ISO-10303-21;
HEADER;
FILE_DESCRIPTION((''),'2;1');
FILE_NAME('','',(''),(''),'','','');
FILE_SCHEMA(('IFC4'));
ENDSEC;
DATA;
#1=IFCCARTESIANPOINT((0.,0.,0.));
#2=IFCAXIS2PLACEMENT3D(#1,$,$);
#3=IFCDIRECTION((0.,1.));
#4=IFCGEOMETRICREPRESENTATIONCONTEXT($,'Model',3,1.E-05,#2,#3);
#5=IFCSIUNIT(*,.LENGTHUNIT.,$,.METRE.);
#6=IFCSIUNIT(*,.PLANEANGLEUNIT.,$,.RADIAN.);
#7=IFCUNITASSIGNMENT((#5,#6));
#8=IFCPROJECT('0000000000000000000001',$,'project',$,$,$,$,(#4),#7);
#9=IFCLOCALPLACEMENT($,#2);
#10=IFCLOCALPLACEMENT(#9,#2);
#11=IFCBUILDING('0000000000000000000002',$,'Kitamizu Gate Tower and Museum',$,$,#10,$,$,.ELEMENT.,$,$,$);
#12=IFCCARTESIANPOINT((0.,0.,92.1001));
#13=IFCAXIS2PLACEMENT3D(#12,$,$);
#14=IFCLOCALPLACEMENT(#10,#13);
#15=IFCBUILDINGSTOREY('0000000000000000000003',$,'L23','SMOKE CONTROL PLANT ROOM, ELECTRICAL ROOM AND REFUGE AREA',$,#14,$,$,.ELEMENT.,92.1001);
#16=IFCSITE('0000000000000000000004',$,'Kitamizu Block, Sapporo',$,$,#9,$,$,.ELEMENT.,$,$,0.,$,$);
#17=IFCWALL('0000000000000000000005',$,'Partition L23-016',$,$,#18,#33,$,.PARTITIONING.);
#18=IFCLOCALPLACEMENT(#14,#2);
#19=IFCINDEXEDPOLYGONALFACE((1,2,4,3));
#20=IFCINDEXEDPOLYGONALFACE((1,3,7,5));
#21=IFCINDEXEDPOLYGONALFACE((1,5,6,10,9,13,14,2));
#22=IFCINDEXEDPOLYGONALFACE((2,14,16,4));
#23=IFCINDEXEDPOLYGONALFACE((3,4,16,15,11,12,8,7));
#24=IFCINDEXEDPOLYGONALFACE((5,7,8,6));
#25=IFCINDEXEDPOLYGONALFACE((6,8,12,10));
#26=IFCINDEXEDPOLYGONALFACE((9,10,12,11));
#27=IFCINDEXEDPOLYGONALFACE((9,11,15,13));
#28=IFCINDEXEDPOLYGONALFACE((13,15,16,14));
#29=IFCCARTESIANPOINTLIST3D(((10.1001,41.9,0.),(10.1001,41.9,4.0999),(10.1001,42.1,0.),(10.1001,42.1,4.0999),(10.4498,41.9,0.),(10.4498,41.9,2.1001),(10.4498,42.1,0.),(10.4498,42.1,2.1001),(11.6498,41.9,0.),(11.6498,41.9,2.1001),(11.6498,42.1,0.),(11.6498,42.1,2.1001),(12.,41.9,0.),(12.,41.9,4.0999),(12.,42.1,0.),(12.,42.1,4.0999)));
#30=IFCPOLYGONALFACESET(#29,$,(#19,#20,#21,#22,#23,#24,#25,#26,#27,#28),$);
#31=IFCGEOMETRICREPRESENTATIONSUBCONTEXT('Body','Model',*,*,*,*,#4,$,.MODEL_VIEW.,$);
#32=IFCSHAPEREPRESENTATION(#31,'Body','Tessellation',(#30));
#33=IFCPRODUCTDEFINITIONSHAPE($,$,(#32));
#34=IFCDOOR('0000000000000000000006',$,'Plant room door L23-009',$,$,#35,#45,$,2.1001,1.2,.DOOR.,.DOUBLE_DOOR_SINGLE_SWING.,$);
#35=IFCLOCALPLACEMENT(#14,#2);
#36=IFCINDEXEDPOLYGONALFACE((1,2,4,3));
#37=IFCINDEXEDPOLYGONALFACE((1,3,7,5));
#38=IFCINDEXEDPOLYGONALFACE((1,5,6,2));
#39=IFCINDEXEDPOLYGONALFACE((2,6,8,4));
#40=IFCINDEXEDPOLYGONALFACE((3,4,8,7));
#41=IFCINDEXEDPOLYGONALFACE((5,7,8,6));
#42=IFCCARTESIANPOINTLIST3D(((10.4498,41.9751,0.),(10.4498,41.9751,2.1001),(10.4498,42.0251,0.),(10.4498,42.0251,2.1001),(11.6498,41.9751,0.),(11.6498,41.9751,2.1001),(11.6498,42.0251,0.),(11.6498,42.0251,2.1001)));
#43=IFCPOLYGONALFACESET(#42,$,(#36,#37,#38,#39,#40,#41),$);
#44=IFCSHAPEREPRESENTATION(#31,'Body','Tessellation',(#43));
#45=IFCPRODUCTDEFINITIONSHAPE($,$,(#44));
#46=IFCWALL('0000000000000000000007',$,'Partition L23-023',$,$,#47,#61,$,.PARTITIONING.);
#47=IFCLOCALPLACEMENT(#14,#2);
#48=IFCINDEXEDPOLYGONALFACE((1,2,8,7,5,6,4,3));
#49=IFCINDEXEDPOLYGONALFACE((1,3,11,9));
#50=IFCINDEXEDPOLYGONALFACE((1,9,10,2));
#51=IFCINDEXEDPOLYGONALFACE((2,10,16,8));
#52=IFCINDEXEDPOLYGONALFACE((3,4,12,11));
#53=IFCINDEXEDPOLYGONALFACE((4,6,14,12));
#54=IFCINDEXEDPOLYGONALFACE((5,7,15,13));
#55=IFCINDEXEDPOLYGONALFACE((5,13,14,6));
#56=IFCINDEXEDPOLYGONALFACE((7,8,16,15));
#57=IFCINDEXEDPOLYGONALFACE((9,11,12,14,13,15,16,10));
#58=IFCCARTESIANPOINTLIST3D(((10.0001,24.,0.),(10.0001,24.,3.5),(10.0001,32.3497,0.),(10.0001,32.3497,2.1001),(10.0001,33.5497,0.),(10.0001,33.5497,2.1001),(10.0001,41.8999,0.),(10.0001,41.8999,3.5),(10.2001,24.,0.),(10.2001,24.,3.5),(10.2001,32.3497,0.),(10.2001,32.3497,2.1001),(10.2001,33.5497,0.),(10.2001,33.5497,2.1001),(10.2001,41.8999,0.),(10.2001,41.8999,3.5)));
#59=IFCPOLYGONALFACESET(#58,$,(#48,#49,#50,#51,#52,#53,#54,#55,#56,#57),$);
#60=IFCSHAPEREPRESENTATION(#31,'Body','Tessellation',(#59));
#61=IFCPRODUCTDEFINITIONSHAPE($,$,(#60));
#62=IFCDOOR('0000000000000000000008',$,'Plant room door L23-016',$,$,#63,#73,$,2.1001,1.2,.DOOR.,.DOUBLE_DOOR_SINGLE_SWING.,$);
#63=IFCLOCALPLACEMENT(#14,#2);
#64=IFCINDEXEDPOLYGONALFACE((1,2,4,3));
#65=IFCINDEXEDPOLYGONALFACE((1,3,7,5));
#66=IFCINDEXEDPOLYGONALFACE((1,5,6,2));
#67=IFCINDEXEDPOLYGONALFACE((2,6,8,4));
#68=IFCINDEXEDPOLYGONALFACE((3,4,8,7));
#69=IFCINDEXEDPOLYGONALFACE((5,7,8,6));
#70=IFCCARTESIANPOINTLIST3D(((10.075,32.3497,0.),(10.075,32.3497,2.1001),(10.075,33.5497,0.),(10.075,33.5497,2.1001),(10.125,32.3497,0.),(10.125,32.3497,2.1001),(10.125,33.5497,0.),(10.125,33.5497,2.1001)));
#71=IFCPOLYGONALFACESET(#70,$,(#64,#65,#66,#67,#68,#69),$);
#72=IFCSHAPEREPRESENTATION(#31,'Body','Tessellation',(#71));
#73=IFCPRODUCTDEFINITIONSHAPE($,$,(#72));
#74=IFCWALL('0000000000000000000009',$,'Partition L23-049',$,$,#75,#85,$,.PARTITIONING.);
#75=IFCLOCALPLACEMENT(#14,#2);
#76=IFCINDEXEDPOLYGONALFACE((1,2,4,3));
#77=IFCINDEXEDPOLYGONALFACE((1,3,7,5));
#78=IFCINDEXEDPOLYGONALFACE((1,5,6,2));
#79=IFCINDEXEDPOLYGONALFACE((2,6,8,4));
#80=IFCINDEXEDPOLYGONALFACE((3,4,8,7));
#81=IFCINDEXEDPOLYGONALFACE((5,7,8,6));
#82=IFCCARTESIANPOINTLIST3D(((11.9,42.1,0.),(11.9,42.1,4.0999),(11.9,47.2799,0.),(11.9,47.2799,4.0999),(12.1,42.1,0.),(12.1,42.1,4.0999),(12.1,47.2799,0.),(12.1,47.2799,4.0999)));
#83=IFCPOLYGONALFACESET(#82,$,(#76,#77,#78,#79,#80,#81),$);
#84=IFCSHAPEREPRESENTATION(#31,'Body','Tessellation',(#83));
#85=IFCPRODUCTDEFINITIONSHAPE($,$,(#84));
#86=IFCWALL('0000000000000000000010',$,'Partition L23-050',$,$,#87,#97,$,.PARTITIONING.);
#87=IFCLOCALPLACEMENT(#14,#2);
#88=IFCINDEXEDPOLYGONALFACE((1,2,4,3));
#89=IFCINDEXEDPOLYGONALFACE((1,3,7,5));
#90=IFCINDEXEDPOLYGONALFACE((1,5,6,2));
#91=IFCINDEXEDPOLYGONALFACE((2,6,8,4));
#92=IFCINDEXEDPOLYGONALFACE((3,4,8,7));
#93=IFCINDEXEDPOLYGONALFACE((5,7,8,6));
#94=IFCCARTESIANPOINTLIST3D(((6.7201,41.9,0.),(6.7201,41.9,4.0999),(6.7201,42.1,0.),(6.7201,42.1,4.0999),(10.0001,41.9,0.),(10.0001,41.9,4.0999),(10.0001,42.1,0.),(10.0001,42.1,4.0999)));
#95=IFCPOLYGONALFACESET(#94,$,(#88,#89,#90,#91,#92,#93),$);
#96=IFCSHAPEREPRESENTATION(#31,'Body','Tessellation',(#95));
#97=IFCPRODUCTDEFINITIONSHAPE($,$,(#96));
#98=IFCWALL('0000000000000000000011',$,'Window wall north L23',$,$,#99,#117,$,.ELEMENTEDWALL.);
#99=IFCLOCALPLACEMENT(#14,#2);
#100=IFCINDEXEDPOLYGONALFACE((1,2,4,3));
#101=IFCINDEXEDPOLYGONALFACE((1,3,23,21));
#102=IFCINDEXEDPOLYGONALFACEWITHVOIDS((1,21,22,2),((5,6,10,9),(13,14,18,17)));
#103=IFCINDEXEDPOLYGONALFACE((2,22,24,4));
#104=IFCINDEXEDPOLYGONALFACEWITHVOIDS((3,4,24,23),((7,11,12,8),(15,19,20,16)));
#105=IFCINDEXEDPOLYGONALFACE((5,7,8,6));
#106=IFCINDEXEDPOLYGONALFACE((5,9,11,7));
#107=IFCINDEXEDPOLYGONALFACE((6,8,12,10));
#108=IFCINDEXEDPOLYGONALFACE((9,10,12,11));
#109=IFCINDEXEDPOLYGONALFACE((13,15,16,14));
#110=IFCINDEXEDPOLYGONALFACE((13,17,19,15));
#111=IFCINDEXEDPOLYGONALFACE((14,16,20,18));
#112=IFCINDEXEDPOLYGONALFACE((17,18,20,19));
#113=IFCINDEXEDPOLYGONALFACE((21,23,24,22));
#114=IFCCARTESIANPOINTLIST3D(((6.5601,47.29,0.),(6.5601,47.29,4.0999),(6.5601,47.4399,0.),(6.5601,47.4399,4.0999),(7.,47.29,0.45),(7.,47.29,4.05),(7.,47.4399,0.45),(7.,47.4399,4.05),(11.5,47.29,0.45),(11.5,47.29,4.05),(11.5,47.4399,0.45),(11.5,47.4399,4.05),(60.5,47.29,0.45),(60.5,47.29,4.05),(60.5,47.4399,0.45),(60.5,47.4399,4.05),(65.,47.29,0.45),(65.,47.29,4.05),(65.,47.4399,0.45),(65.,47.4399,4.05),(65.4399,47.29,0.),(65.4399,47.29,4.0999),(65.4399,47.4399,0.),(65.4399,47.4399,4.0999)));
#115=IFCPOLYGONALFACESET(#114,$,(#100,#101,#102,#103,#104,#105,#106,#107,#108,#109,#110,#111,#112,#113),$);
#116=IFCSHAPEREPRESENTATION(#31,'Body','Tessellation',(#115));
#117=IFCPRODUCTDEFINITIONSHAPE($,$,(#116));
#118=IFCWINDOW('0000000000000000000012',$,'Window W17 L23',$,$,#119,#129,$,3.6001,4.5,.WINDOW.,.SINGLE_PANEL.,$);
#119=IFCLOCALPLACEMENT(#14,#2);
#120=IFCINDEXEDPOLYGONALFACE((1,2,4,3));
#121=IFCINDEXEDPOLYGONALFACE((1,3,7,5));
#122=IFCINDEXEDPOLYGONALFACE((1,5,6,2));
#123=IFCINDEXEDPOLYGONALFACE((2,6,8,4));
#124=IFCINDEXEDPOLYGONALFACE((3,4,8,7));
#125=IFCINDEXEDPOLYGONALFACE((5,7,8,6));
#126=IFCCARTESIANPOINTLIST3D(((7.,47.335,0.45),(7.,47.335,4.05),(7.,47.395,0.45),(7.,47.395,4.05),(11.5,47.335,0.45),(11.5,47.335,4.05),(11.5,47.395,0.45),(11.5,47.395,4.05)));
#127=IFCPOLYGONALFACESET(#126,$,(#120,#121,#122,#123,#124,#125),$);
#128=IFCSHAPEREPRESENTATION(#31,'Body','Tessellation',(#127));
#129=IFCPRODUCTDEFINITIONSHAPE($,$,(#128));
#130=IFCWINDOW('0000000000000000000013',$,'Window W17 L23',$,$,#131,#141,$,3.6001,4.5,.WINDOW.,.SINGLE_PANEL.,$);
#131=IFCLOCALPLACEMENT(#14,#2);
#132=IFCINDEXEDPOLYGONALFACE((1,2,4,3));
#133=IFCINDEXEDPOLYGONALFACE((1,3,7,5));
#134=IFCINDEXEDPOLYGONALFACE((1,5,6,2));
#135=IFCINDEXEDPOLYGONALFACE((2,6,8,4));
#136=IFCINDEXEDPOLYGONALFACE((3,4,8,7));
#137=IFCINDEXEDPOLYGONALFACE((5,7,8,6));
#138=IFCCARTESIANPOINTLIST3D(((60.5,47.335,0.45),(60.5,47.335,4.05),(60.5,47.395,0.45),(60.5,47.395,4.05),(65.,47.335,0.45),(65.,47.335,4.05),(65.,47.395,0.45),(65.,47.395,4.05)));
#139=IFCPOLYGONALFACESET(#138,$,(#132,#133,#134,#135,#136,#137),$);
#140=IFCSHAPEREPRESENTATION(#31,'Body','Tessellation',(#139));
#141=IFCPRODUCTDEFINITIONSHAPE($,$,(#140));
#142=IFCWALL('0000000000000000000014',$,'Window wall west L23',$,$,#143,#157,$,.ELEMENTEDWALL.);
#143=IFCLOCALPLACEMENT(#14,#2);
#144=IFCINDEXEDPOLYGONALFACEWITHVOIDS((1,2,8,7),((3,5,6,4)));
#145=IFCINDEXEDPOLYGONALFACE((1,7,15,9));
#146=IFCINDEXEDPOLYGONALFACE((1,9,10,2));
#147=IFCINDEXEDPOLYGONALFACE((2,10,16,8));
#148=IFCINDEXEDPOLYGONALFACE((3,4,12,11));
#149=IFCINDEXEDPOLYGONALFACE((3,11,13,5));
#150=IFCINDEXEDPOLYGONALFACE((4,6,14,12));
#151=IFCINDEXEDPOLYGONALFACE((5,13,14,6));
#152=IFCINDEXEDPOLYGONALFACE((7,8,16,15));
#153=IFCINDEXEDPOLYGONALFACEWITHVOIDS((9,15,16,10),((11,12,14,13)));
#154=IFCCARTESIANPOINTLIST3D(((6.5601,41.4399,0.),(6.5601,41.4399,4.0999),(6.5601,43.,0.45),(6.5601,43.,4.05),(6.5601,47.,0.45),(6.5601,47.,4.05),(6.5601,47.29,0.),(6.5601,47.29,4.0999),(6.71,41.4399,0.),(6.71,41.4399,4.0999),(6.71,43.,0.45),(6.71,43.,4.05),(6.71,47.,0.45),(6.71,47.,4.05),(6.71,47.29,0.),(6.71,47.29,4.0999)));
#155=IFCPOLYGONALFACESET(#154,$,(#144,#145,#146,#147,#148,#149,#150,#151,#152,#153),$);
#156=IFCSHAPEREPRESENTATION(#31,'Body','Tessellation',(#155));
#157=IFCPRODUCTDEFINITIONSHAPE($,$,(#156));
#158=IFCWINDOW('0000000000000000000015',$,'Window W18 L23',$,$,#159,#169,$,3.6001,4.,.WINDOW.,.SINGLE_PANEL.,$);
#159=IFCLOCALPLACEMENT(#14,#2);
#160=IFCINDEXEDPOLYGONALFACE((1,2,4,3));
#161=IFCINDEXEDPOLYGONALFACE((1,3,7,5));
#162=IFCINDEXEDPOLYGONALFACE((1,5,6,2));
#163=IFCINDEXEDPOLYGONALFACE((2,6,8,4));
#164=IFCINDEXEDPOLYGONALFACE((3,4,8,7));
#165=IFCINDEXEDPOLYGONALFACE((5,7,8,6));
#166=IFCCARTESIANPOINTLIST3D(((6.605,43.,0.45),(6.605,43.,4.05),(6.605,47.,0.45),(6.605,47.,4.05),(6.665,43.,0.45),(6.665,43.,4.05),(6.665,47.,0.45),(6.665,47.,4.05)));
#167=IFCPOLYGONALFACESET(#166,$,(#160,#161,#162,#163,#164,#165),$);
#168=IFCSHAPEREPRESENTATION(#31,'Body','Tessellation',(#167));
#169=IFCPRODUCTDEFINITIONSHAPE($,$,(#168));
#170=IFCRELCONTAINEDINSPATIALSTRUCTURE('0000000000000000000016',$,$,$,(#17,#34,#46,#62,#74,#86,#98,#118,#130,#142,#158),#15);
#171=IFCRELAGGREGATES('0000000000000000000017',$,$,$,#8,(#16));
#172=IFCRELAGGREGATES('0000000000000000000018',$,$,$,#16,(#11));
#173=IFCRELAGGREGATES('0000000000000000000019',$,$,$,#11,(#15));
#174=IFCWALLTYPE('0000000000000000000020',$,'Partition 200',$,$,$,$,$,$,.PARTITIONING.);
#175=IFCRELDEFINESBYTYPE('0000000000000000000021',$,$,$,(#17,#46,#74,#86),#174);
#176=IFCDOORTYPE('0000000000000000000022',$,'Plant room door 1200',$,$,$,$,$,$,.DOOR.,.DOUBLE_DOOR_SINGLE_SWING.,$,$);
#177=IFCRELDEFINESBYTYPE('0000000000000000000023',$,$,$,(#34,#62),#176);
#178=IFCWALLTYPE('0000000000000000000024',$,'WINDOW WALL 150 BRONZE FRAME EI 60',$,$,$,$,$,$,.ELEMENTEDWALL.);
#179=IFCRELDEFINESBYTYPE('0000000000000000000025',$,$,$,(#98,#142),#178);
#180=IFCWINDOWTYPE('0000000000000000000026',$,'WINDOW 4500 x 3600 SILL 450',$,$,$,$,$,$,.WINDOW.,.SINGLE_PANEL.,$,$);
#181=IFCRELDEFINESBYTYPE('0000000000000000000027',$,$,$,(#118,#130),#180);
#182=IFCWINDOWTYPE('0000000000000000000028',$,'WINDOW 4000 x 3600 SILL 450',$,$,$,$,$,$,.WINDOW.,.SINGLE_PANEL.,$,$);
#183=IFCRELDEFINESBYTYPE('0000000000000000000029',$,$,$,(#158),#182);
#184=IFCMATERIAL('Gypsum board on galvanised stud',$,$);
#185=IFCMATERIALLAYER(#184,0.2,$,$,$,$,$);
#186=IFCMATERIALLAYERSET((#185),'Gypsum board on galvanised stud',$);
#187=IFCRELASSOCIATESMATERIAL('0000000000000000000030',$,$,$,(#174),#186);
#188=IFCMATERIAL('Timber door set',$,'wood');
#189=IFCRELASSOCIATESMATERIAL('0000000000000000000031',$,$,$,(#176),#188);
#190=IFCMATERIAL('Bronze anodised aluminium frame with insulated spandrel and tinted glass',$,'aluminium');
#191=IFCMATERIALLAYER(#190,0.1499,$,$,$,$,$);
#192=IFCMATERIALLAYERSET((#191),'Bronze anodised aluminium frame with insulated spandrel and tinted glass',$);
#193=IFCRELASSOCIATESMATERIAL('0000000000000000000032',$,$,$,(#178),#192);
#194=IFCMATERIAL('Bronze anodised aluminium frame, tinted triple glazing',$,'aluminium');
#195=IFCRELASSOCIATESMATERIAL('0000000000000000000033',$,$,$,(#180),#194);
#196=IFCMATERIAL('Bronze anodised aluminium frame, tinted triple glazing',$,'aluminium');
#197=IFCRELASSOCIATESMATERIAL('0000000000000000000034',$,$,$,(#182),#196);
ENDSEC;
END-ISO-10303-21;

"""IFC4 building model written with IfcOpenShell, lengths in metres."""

from ifc_helpers import new_model, si_unit, direction, frame, frame_2d, origin, place, context, subcontext, project, spatial, rectangle, extrude, material, layer, layer_set, type_object, element, fill, save


model = new_model("IFC4")

# Units and contexts
model_context = context("Model", 3, precision=1e-05, world=origin(), true_north=direction((0.0, 1.0)))
body_context = subcontext(model_context, "Body", "Model", "MODEL_VIEW")
ifc_project = project(units=[si_unit("LENGTHUNIT", "METRE"), si_unit("PLANEANGLEUNIT", "RADIAN")], contexts=[model_context])

# Site, building, storey
site_placement = place(None, origin())
site = spatial("IfcSite", under=ifc_project, at=site_placement, Name="Kitamizu Block, Sapporo", CompositionType="ELEMENT", RefElevation=0.0)
building_placement = place(site_placement, origin())
building = spatial("IfcBuilding", under=site, at=building_placement, Name="Kitamizu Gate Tower and Museum", CompositionType="ELEMENT")
storey_placement = place(building_placement, frame((0.0, 0.0, 92.1001)))
storey = spatial("IfcBuildingStorey", under=building, at=storey_placement, Name="L23", Description="SMOKE CONTROL PLANT ROOM, ELECTRICAL ROOM AND REFUGE AREA", CompositionType="ELEMENT", Elevation=92.1001)

# Walls, openings, doors
ifc_material_1 = material(Name="Gypsum board on galvanised stud")
ifc_layer_1 = layer(ifc_material_1, 0.2)
ifc_layer_set_1 = layer_set([ifc_layer_1], Name="Gypsum board on galvanised stud")
wall_type_1 = type_object("IfcWallType", Name="Partition 200", PredefinedType="PARTITIONING", material=ifc_layer_set_1)
wall_1_placement = place(storey_placement, frame((12.0, 42.0, 0.0), z_axis=(0.0, 0.0, 1.0), x_axis=(-1.0, 0.0, 0.0)))
wall_1 = element("IfcWall", 1, at=wall_1_placement, inside=storey, type_object=wall_type_1, Name="Partition L23-016", PredefinedType="PARTITIONING", context=body_context, shape_type="SweptSolid", body=[
    extrude(rectangle(XDim=1.8999, YDim=0.2, at=frame_2d((0.95, 0.0))), origin(), (0.0, 0.0, 1.0), 4.0999),
])
opening_1_placement = place(wall_1_placement, frame((0.3501, 0.0, 0.0)))
opening_1 = element("IfcOpeningElement", 2, at=opening_1_placement, cuts=wall_1, PredefinedType="OPENING", context=body_context, shape_type="SweptSolid", body=[
    extrude(rectangle(XDim=1.2, YDim=2.1001, at=frame_2d((0.6001, 1.05))), frame((0.0, 0.1099, 0.0), z_axis=(0.0, -1.0, 0.0), x_axis=(1.0, 0.0, 0.0)), (0.0, 0.0, 1.0), 0.22),
])
ifc_material_2 = material(Name="Timber door set", Category="wood")
door_type_1 = type_object("IfcDoorType", Name="Plant room door 1200", OperationType="DOUBLE_DOOR_SINGLE_SWING", PredefinedType="DOOR", material=ifc_material_2)
door_1_placement = place(opening_1_placement, origin())
door_1 = element("IfcDoor", 3, at=door_1_placement, inside=storey, type_object=door_type_1, Name="Plant room door L23-009", OperationType="DOUBLE_DOOR_SINGLE_SWING", OverallHeight=2.1001, OverallWidth=1.2, PredefinedType="DOOR", context=body_context, shape_type="SweptSolid", body=[
    extrude(rectangle(XDim=1.2, YDim=2.1001, at=frame_2d((0.6001, 1.05))), frame((0.0, 0.0249, 0.0), z_axis=(0.0, -1.0, 0.0), x_axis=(1.0, 0.0, 0.0)), (0.0, 0.0, 1.0), 0.05),
])
fill(opening_1, door_1)
wall_2_placement = place(storey_placement, frame((10.1001, 41.8999, 0.0), z_axis=(0.0, 0.0, 1.0), x_axis=(0.0, -1.0, 0.0)))
wall_2 = element("IfcWall", 4, at=wall_2_placement, inside=storey, type_object=wall_type_1, Name="Partition L23-023", PredefinedType="PARTITIONING", context=body_context, shape_type="SweptSolid", body=[
    extrude(rectangle(XDim=17.8999, YDim=0.2, at=frame_2d((8.95, 0.0))), origin(), (0.0, 0.0, 1.0), 3.5),
])
opening_2_placement = place(wall_2_placement, frame((8.3501, 0.0, 0.0)))
opening_2 = element("IfcOpeningElement", 5, at=opening_2_placement, cuts=wall_2, PredefinedType="OPENING", context=body_context, shape_type="SweptSolid", body=[
    extrude(rectangle(XDim=1.2, YDim=2.1001, at=frame_2d((0.6001, 1.05))), frame((0.0, 0.1099, 0.0), z_axis=(0.0, -1.0, 0.0), x_axis=(1.0, 0.0, 0.0)), (0.0, 0.0, 1.0), 0.22),
])
door_2_placement = place(opening_2_placement, origin())
door_2 = element("IfcDoor", 6, at=door_2_placement, inside=storey, type_object=door_type_1, Name="Plant room door L23-016", OperationType="DOUBLE_DOOR_SINGLE_SWING", OverallHeight=2.1001, OverallWidth=1.2, PredefinedType="DOOR", context=body_context, shape_type="SweptSolid", body=[
    extrude(rectangle(XDim=1.2, YDim=2.1001, at=frame_2d((0.6001, 1.05))), frame((0.0, 0.0249, 0.0), z_axis=(0.0, -1.0, 0.0), x_axis=(1.0, 0.0, 0.0)), (0.0, 0.0, 1.0), 0.05),
])
fill(opening_2, door_2)

# Walls
wall_3_placement = place(storey_placement, frame((12.0, 42.1001, 0.0), z_axis=(0.0, 0.0, 1.0), x_axis=(0.0, 1.0, 0.0)))
element("IfcWall", 7, at=wall_3_placement, inside=storey, type_object=wall_type_1, Name="Partition L23-049", PredefinedType="PARTITIONING", context=body_context, shape_type="SweptSolid", body=[
    extrude(rectangle(XDim=5.1799, YDim=0.2, at=frame_2d((2.5898, 0.0))), origin(), (0.0, 0.0, 1.0), 4.0999),
])
wall_4_placement = place(storey_placement, frame((6.72, 42.0, 0.0), z_axis=(0.0, 0.0, 1.0), x_axis=(1.0, 0.0, 0.0)))
element("IfcWall", 8, at=wall_4_placement, inside=storey, type_object=wall_type_1, Name="Partition L23-050", PredefinedType="PARTITIONING", context=body_context, shape_type="SweptSolid", body=[
    extrude(rectangle(XDim=3.28, YDim=0.2, at=frame_2d((1.6401, 0.0))), origin(), (0.0, 0.0, 1.0), 4.0999),
])

# Wall, openings, windows
ifc_material_3 = material(Name="Bronze anodised aluminium frame with insulated spandrel and tinted glass", Category="aluminium")
ifc_layer_2 = layer(ifc_material_3, 0.1499)
ifc_layer_set_2 = layer_set([ifc_layer_2], Name="Bronze anodised aluminium frame with insulated spandrel and tinted glass")
wall_type_2 = type_object("IfcWallType", Name="WINDOW WALL 150 BRONZE FRAME EI 60", PredefinedType="ELEMENTEDWALL", material=ifc_layer_set_2)
wall_5_placement = place(storey_placement, frame((6.5601, 47.365, 0.0), z_axis=(0.0, 0.0, 1.0), x_axis=(1.0, 0.0, 0.0)))
wall_5 = element("IfcWall", 9, at=wall_5_placement, inside=storey, type_object=wall_type_2, Name="Window wall north L23", PredefinedType="ELEMENTEDWALL", context=body_context, shape_type="SweptSolid", body=[
    extrude(rectangle(XDim=58.8799, YDim=0.1499, at=frame_2d((29.4399, 0.0))), origin(), (0.0, 0.0, 1.0), 4.0999),
])
opening_3_placement = place(wall_5_placement, frame((0.4399, 0.0, 0.45)))
opening_3 = element("IfcOpeningElement", 10, at=opening_3_placement, cuts=wall_5, PredefinedType="OPENING", context=body_context, shape_type="SweptSolid", body=[
    extrude(rectangle(XDim=4.5, YDim=3.6001, at=frame_2d((2.25, 1.8))), frame((0.0, 0.085, 0.0), z_axis=(0.0, -1.0, 0.0), x_axis=(1.0, 0.0, 0.0)), (0.0, 0.0, 1.0), 0.1699),
])
opening_4_placement = place(wall_5_placement, frame((53.9399, 0.0, 0.45)))
opening_4 = element("IfcOpeningElement", 11, at=opening_4_placement, cuts=wall_5, PredefinedType="OPENING", context=body_context, shape_type="SweptSolid", body=[
    extrude(rectangle(XDim=4.5, YDim=3.6001, at=frame_2d((2.25, 1.8))), frame((0.0, 0.085, 0.0), z_axis=(0.0, -1.0, 0.0), x_axis=(1.0, 0.0, 0.0)), (0.0, 0.0, 1.0), 0.1699),
])
ifc_material_4 = material(Name="Bronze anodised aluminium frame, tinted triple glazing", Category="aluminium")
window_type_1 = type_object("IfcWindowType", Name="WINDOW 4500 x 3600 SILL 450", PartitioningType="SINGLE_PANEL", PredefinedType="WINDOW", material=ifc_material_4)
window_1_placement = place(opening_3_placement, origin())
window_1 = element("IfcWindow", 12, at=window_1_placement, inside=storey, type_object=window_type_1, Name="Window W17 L23", OverallHeight=3.6001, OverallWidth=4.5, PartitioningType="SINGLE_PANEL", PredefinedType="WINDOW", context=body_context, shape_type="SweptSolid", body=[
    extrude(rectangle(XDim=4.5, YDim=3.6001, at=frame_2d((2.25, 1.8))), frame((0.0, 0.03, 0.0), z_axis=(0.0, -1.0, 0.0), x_axis=(1.0, 0.0, 0.0)), (0.0, 0.0, 1.0), 0.0601),
])
fill(opening_3, window_1)
window_2_placement = place(opening_4_placement, origin())
window_2 = element("IfcWindow", 13, at=window_2_placement, inside=storey, type_object=window_type_1, Name="Window W17 L23", OverallHeight=3.6001, OverallWidth=4.5, PartitioningType="SINGLE_PANEL", PredefinedType="WINDOW", context=body_context, shape_type="SweptSolid", body=[
    extrude(rectangle(XDim=4.5, YDim=3.6001, at=frame_2d((2.25, 1.8))), frame((0.0, 0.03, 0.0), z_axis=(0.0, -1.0, 0.0), x_axis=(1.0, 0.0, 0.0)), (0.0, 0.0, 1.0), 0.0601),
])
fill(opening_4, window_2)

# Wall, opening, window
wall_6_placement = place(storey_placement, frame((6.635, 41.4399, 0.0), z_axis=(0.0, 0.0, 1.0), x_axis=(0.0, 1.0, 0.0)))
wall_6 = element("IfcWall", 14, at=wall_6_placement, inside=storey, type_object=wall_type_2, Name="Window wall west L23", PredefinedType="ELEMENTEDWALL", context=body_context, shape_type="SweptSolid", body=[
    extrude(rectangle(XDim=5.8501, YDim=0.1499, at=frame_2d((2.925, 0.0))), origin(), (0.0, 0.0, 1.0), 4.0999),
])
opening_5_placement = place(wall_6_placement, frame((1.5601, 0.0, 0.45)))
opening_5 = element("IfcOpeningElement", 15, at=opening_5_placement, cuts=wall_6, PredefinedType="OPENING", context=body_context, shape_type="SweptSolid", body=[
    extrude(rectangle(XDim=4.0, YDim=3.6001, at=frame_2d((2.0, 1.8))), frame((0.0, 0.085, 0.0), z_axis=(0.0, -1.0, 0.0), x_axis=(1.0, 0.0, 0.0)), (0.0, 0.0, 1.0), 0.1699),
])
ifc_material_5 = material(Name="Bronze anodised aluminium frame, tinted triple glazing", Category="aluminium")
window_type_2 = type_object("IfcWindowType", Name="WINDOW 4000 x 3600 SILL 450", PartitioningType="SINGLE_PANEL", PredefinedType="WINDOW", material=ifc_material_5)
window_3_placement = place(opening_5_placement, origin())
window_3 = element("IfcWindow", 16, at=window_3_placement, inside=storey, type_object=window_type_2, Name="Window W18 L23", OverallHeight=3.6001, OverallWidth=4.0, PartitioningType="SINGLE_PANEL", PredefinedType="WINDOW", context=body_context, shape_type="SweptSolid", body=[
    extrude(rectangle(XDim=4.0, YDim=3.6001, at=frame_2d((2.0, 1.8))), frame((0.0, 0.03, 0.0), z_axis=(0.0, -1.0, 0.0), x_axis=(1.0, 0.0, 0.0)), (0.0, 0.0, 1.0), 0.0601),
])
fill(opening_5, window_3)

save(model, "model.ifc")
